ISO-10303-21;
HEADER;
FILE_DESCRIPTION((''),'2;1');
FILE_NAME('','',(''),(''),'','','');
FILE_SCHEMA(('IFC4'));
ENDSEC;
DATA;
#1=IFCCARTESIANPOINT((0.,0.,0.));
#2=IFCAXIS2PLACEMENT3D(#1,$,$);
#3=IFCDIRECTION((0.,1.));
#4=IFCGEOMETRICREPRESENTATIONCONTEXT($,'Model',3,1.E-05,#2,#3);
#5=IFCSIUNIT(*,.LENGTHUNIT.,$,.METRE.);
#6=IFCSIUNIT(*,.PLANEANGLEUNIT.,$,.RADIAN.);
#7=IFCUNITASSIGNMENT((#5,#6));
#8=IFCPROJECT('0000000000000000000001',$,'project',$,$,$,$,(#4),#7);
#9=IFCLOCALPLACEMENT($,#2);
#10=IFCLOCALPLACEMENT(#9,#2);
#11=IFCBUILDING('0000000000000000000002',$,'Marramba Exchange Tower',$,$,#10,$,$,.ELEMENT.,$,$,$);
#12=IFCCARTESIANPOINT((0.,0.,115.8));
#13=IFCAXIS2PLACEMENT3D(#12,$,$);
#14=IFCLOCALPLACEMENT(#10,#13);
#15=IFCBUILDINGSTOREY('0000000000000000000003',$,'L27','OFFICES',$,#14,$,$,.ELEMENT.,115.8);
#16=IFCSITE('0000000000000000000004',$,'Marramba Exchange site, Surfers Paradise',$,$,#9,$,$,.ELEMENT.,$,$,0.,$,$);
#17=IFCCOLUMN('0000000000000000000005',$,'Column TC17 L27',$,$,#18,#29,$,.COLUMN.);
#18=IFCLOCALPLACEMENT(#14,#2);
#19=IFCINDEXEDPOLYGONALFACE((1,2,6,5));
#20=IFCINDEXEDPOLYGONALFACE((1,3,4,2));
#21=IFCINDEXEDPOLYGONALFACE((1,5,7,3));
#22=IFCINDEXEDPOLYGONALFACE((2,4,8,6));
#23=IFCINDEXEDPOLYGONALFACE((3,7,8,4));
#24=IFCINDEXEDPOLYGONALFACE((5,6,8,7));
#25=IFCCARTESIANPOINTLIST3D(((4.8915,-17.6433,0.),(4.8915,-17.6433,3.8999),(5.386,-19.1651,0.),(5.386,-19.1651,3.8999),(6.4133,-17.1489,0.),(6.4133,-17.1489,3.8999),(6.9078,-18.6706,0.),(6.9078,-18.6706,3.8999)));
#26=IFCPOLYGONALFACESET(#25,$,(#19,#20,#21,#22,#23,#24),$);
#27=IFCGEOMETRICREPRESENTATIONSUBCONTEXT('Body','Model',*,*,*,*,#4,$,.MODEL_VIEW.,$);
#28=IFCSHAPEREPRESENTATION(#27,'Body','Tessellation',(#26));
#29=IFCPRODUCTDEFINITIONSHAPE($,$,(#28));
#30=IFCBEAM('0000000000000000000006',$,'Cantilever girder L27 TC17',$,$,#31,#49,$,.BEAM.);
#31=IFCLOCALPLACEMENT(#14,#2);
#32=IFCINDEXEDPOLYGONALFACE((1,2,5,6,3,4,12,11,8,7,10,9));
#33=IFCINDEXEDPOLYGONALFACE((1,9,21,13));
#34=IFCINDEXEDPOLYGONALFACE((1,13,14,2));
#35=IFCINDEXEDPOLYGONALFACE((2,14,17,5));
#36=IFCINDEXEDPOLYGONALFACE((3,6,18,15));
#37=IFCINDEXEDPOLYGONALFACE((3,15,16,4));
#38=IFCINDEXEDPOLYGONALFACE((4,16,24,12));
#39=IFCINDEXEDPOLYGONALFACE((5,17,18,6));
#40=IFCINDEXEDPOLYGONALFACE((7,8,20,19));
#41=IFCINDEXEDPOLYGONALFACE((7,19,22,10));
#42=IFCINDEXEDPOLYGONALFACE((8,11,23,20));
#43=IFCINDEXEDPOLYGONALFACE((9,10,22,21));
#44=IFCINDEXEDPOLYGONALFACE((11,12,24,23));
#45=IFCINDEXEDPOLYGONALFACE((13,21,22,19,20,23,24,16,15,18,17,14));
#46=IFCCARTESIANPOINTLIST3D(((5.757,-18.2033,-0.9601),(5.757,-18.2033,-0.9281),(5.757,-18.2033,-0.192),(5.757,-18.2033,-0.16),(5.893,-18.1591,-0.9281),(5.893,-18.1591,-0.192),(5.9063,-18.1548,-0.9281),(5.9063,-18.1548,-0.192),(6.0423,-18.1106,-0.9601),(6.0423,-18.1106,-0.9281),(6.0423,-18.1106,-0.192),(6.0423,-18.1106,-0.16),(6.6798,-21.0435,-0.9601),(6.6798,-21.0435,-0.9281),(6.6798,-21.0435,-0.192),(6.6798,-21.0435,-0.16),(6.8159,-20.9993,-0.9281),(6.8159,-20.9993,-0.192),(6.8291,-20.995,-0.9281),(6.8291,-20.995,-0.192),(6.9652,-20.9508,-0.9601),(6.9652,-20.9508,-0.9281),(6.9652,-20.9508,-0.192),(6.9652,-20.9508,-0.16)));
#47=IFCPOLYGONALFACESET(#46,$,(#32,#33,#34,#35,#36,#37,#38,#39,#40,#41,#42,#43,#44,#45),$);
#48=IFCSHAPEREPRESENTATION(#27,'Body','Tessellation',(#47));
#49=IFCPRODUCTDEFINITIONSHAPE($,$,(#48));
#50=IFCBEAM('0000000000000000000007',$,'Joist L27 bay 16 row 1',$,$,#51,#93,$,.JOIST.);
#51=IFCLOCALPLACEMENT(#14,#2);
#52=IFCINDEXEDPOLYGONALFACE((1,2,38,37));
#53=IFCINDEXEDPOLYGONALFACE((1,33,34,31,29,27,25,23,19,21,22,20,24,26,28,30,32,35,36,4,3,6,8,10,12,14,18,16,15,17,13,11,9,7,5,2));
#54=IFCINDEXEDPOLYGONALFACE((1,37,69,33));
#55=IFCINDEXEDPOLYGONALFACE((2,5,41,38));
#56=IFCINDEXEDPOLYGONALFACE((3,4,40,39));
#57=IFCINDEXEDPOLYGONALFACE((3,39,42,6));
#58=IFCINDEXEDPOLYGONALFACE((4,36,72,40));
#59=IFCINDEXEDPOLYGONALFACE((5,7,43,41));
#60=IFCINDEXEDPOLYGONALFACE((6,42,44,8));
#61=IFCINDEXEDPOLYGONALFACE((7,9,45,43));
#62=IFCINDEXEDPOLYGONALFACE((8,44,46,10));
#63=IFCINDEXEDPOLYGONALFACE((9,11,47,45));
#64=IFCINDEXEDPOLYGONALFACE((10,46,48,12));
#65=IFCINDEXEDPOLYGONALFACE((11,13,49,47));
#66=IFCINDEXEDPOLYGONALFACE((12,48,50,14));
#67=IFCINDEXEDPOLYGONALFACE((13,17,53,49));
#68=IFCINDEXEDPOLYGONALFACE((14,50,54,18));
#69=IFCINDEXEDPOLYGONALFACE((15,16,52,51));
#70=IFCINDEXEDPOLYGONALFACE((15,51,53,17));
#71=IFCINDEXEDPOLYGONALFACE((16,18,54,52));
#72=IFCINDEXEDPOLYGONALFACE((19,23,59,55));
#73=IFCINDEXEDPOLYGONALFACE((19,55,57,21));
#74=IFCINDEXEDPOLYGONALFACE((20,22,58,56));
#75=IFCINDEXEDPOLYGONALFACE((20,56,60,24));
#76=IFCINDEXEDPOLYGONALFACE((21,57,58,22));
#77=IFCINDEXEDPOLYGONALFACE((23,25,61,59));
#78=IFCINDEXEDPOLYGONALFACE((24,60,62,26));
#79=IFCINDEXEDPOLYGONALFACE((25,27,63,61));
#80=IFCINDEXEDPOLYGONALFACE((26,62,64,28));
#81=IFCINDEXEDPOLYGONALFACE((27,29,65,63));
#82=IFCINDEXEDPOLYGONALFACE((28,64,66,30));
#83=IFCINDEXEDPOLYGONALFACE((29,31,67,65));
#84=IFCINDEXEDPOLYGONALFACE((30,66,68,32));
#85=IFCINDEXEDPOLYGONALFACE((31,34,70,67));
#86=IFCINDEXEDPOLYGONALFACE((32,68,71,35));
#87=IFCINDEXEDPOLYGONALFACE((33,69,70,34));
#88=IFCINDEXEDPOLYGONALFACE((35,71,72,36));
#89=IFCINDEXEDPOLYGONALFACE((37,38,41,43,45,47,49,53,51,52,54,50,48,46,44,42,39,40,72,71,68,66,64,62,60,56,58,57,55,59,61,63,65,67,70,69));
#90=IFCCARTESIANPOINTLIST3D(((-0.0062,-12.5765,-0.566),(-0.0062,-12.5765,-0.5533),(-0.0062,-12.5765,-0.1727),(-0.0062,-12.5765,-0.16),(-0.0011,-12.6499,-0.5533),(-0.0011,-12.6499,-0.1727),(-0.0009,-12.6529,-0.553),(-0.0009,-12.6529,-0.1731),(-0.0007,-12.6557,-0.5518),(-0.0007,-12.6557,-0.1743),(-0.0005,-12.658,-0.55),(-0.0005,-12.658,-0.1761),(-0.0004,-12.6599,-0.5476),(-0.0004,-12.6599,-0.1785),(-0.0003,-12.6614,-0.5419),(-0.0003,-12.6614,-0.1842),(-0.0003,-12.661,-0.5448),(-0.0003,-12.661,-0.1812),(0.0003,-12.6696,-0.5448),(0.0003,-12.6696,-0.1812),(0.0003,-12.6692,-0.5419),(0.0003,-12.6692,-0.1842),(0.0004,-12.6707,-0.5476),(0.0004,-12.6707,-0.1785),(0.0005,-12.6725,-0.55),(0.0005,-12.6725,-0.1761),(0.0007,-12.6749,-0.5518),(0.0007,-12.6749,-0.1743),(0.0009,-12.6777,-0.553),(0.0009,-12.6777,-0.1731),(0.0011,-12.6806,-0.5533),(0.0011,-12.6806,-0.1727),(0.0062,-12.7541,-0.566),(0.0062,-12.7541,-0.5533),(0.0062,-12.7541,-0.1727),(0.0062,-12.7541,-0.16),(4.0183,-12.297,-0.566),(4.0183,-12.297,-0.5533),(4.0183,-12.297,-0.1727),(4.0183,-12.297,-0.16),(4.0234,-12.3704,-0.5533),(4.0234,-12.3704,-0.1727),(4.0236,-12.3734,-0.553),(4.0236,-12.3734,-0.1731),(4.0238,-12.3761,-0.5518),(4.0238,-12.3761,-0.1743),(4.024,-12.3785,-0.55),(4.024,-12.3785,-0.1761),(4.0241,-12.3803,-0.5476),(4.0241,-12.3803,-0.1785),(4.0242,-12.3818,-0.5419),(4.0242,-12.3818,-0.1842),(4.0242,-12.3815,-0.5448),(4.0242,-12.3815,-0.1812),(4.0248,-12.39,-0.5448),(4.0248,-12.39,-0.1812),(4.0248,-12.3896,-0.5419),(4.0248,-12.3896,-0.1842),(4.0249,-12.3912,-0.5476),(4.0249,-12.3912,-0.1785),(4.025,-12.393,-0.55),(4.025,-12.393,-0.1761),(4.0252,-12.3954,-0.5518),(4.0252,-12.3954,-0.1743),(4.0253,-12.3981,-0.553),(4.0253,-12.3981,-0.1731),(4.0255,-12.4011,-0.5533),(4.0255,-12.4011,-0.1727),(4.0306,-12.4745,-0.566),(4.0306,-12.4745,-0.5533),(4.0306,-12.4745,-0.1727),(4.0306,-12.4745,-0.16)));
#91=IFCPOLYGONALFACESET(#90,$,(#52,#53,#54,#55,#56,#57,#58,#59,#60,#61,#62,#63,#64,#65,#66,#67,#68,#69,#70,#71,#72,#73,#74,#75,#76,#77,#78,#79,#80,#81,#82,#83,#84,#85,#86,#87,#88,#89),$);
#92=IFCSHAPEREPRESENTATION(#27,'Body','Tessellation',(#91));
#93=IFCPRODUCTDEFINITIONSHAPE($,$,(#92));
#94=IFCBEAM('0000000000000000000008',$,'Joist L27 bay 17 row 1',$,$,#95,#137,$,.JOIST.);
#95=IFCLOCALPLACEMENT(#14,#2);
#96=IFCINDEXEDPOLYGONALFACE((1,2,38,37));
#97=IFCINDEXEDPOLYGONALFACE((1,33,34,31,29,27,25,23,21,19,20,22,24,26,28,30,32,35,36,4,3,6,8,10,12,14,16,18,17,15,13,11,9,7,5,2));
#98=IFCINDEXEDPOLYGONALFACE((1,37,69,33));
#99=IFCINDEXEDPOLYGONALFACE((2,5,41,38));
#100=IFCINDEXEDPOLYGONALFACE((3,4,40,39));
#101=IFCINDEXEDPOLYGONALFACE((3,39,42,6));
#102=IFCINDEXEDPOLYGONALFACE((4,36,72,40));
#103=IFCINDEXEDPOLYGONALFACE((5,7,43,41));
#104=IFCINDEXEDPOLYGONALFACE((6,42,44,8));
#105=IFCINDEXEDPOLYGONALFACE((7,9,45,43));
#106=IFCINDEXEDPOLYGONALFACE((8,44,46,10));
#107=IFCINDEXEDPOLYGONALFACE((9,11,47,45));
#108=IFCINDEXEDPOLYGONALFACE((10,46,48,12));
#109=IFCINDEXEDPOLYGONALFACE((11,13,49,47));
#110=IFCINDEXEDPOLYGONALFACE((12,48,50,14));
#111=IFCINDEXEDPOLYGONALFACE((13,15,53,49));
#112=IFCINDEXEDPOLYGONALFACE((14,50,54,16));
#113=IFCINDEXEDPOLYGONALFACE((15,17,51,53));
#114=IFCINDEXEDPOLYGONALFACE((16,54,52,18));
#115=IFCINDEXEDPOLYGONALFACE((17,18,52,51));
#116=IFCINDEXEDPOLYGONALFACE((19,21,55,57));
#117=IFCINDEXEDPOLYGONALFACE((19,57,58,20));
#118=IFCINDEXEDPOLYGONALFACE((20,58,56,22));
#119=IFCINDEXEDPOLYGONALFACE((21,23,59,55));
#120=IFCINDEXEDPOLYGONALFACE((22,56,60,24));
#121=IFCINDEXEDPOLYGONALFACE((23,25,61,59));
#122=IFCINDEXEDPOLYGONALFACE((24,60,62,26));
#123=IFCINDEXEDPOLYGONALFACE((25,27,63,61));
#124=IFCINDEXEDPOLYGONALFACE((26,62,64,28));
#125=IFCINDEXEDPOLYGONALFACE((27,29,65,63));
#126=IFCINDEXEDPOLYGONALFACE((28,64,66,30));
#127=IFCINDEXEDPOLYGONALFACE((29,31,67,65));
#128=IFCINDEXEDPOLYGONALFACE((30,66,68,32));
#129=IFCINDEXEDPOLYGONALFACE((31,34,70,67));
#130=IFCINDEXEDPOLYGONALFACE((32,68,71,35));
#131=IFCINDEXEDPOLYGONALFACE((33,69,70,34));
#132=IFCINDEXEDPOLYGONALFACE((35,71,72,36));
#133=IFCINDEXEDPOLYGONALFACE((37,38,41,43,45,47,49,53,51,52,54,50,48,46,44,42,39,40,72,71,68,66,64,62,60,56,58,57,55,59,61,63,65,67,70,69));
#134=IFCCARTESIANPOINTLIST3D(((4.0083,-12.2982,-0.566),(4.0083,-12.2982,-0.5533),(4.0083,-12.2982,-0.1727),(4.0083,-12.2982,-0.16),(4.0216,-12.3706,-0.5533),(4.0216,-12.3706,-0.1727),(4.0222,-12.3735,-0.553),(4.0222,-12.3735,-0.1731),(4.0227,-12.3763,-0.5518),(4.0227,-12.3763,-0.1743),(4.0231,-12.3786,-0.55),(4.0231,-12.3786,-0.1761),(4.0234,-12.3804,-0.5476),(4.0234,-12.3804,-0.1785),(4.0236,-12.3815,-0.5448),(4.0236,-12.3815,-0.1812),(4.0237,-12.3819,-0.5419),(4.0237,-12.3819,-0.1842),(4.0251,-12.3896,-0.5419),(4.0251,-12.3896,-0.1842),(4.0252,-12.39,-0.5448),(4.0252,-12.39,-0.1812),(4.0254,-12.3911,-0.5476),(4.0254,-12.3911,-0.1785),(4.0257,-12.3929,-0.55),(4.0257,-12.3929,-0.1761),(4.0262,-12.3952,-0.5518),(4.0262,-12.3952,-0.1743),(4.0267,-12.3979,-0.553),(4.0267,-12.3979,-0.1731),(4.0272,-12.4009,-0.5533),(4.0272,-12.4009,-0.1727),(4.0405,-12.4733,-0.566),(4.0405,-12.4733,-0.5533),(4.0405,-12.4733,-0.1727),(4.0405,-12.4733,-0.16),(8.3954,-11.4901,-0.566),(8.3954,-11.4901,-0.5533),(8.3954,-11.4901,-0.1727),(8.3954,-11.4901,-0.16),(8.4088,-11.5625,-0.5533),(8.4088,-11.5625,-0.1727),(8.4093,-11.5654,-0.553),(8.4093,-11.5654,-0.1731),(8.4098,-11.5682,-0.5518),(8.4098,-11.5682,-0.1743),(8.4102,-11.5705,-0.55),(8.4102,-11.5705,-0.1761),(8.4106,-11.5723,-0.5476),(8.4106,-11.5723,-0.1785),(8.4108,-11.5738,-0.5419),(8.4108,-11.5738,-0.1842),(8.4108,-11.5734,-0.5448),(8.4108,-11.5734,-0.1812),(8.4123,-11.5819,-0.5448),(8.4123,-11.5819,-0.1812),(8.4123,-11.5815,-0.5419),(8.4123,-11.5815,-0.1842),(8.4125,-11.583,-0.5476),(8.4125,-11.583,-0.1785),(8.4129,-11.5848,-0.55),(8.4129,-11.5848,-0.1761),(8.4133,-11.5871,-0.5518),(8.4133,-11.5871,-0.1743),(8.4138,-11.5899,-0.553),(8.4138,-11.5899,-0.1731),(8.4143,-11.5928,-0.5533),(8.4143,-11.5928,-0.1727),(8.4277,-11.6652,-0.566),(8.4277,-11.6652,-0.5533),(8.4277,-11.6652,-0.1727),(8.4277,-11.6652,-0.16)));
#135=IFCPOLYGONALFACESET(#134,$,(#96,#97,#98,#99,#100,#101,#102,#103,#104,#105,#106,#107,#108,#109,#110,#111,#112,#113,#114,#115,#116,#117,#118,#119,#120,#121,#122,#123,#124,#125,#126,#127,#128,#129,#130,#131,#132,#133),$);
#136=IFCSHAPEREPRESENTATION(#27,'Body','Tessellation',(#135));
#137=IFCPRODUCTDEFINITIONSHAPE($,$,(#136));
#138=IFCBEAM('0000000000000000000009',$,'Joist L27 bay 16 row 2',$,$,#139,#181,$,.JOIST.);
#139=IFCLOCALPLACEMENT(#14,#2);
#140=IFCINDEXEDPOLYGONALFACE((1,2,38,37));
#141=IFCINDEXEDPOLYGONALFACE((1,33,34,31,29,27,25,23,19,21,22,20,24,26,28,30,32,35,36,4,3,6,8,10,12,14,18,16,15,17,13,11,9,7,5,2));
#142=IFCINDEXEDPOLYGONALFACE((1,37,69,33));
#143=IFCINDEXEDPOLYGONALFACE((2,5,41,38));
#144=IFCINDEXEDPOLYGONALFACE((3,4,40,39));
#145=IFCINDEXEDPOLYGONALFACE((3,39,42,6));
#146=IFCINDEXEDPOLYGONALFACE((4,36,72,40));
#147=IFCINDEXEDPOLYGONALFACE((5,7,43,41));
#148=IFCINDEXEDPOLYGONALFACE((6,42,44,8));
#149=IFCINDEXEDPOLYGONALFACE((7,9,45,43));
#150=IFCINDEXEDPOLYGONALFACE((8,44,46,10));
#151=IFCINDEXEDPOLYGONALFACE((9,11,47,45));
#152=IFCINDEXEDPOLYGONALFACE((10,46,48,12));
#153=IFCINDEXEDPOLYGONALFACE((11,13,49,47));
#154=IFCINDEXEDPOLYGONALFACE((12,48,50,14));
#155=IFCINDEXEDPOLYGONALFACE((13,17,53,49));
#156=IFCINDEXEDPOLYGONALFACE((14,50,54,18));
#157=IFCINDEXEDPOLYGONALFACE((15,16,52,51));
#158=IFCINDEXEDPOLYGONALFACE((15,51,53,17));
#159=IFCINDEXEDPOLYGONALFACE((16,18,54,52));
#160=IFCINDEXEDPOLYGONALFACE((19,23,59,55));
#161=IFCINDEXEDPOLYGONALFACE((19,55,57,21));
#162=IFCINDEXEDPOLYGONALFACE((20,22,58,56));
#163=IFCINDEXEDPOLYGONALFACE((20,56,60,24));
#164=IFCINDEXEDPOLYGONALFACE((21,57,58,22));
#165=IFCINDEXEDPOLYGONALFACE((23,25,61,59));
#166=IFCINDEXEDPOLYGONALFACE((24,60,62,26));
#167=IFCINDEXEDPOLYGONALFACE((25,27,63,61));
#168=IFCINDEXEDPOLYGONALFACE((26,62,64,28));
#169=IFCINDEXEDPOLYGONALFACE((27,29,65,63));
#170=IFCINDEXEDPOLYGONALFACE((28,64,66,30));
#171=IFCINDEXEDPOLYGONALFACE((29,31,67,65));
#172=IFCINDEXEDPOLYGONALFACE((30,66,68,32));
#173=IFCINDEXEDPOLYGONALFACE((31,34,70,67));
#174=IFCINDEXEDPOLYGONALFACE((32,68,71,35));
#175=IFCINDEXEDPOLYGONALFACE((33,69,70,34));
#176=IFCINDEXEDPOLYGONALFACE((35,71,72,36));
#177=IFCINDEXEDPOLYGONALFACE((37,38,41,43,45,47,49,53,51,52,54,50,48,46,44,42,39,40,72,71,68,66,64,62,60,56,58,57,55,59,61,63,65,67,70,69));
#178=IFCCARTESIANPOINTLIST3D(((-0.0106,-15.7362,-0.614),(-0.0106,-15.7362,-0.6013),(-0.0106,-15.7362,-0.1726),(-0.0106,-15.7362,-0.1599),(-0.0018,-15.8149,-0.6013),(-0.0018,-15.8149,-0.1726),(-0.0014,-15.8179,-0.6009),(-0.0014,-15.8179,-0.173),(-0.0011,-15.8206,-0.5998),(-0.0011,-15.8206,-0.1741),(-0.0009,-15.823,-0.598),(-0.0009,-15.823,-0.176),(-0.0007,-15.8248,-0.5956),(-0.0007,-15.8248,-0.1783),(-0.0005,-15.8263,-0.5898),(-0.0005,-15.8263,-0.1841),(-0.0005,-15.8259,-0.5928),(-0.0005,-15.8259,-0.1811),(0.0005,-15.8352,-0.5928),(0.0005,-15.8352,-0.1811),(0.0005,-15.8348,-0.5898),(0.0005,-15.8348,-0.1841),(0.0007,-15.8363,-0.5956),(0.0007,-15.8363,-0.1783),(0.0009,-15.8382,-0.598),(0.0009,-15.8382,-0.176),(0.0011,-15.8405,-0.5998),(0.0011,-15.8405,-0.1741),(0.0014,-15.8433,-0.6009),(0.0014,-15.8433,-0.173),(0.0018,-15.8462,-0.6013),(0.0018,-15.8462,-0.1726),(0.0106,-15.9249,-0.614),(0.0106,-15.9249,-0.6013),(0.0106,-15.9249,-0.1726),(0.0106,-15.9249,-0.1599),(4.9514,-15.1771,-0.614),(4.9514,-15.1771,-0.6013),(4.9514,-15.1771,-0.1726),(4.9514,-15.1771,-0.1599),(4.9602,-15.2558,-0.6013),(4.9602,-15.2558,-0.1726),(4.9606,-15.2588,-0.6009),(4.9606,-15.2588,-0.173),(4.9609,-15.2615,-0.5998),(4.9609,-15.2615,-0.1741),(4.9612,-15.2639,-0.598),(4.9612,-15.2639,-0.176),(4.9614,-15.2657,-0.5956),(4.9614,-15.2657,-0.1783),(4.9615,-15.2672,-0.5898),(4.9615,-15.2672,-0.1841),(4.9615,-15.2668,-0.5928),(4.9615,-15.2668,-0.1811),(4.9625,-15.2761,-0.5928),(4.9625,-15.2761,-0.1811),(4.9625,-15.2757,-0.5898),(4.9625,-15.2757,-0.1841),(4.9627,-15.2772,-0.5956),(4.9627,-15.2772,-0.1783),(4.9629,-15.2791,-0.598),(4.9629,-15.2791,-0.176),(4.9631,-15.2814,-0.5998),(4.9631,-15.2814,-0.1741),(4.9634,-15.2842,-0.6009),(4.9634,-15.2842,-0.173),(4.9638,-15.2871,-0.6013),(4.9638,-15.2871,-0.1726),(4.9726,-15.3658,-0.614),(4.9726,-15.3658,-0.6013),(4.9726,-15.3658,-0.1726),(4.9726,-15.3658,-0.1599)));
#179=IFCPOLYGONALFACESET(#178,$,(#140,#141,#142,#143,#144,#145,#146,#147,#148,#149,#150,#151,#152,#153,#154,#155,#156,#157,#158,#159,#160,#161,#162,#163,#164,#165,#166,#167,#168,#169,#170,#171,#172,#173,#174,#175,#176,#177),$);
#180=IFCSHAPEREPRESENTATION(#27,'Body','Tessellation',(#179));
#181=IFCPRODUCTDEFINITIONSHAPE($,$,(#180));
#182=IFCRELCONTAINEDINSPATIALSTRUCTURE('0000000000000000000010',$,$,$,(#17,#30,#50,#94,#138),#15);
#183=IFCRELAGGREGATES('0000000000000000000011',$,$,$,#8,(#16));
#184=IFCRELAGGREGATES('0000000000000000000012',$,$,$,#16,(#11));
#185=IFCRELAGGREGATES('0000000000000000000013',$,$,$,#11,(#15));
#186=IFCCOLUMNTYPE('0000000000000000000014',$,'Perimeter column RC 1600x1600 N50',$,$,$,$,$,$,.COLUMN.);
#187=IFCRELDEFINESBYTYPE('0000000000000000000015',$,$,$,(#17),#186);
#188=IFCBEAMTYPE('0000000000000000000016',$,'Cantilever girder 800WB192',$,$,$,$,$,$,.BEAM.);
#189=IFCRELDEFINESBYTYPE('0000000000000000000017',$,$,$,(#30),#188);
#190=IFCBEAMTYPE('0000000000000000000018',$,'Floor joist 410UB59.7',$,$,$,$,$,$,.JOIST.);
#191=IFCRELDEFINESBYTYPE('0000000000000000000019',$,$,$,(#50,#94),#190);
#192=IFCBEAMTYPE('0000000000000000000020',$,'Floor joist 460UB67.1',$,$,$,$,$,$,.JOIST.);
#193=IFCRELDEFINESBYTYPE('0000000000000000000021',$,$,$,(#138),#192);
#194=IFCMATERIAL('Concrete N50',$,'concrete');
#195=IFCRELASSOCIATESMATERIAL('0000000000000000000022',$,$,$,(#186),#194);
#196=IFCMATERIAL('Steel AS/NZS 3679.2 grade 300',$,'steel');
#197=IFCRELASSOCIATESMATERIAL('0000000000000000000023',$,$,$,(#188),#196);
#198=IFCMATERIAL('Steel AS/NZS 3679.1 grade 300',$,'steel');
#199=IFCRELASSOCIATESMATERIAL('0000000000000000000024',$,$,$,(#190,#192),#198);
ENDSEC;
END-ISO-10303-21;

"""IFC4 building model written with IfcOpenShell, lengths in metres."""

from ifc_helpers import new_model, si_unit, direction, frame, origin, origin_2d, place, context, subcontext, project, spatial, rectangle, i_section, extrude, material, material_profile, profile_set, type_object, element, save


model = new_model("IFC4")

# Units and contexts
model_context = context("Model", 3, precision=1e-05, world=origin(), true_north=direction((0.0, 1.0)))
body_context = subcontext(model_context, "Body", "Model", "MODEL_VIEW")
ifc_project = project(units=[si_unit("LENGTHUNIT", "METRE"), si_unit("PLANEANGLEUNIT", "RADIAN")], contexts=[model_context])

# Site, building, storey
site_placement = place(None, origin())
site = spatial("IfcSite", under=ifc_project, at=site_placement, Name="Marramba Exchange site, Surfers Paradise", CompositionType="ELEMENT", RefElevation=0.0)
building_placement = place(site_placement, origin())
building = spatial("IfcBuilding", under=site, at=building_placement, Name="Marramba Exchange Tower", CompositionType="ELEMENT")
storey_placement = place(building_placement, frame((0.0, 0.0, 115.8)))
storey = spatial("IfcBuildingStorey", under=building, at=storey_placement, Name="L27", Description="OFFICES", CompositionType="ELEMENT", Elevation=115.8)

# Column
ifc_material_1 = material(Name="Concrete N50", Category="concrete")
ifc_material_profile_1 = material_profile(ifc_material_1, rectangle(XDim=1.6001, YDim=1.6001, at=origin_2d()), Name="RC 1600x1600")
ifc_profile_set_1 = profile_set([ifc_material_profile_1], Name="Concrete N50")
column_type = type_object("IfcColumnType", Name="Perimeter column RC 1600x1600 N50", PredefinedType="COLUMN", material=ifc_profile_set_1)
column_placement = place(storey_placement, frame((5.8997, -18.157, 0.0), z_axis=(0.0, 0.0, 1.0), x_axis=(0.309017, -0.951057, 0.0)))
element("IfcColumn", 1, at=column_placement, inside=storey, type_object=column_type, Name="Column TC17 L27", PredefinedType="COLUMN", context=body_context, shape_type="SweptSolid", body=[
    extrude(rectangle(XDim=1.6001, YDim=1.6001, at=origin_2d()), origin(), (0.0, 0.0, 1.0), 3.8999),
])

# Beams
ifc_material_2 = material(Name="Steel AS/NZS 3679.2 grade 300", Category="steel")
ifc_material_profile_2 = material_profile(ifc_material_2, i_section(OverallWidth=0.3, OverallDepth=0.8, WebThickness=0.0139, FlangeThickness=0.032, at=origin_2d()), Name="800WB192")
ifc_profile_set_2 = profile_set([ifc_material_profile_2], Name="Steel AS/NZS 3679.2 grade 300")
beam_type_1 = type_object("IfcBeamType", Name="Cantilever girder 800WB192", PredefinedType="BEAM", material=ifc_profile_set_2)
beam_1_placement = place(storey_placement, frame((5.8997, -18.157, -0.5601), z_axis=(0.309032, -0.951051, 0.0), x_axis=(0.951051, 0.309032, 0.0)))
element("IfcBeam", 2, at=beam_1_placement, inside=storey, type_object=beam_type_1, Name="Cantilever girder L27 TC17", PredefinedType="BEAM", context=body_context, shape_type="SweptSolid", body=[
    extrude(i_section(OverallWidth=0.3, OverallDepth=0.8, WebThickness=0.0139, FlangeThickness=0.032, at=origin_2d()), origin(), (0.0, 0.0, 1.0), 2.9863),
])
ifc_material_3 = material(Name="Steel AS/NZS 3679.1 grade 300", Category="steel")
ifc_material_profile_3 = material_profile(ifc_material_3, i_section(OverallWidth=0.178, OverallDepth=0.406, WebThickness=0.0078, FlangeThickness=0.0127, FilletRadius=0.0115, at=origin_2d()), Name="410UB59.7")
ifc_profile_set_3 = profile_set([ifc_material_profile_3], Name="Steel AS/NZS 3679.1 grade 300")
beam_type_2 = type_object("IfcBeamType", Name="Floor joist 410UB59.7", PredefinedType="JOIST", material=ifc_profile_set_3)
beam_2_placement = place(storey_placement, frame((0.0, -12.6653, -0.363), z_axis=(0.997596, 0.069294, 0.0), x_axis=(-0.069294, 0.997596, 0.0)))
element("IfcBeam", 3, at=beam_2_placement, inside=storey, type_object=beam_type_2, Name="Joist L27 bay 16 row 1", PredefinedType="JOIST", context=body_context, shape_type="SweptSolid", body=[
    extrude(i_section(OverallWidth=0.178, OverallDepth=0.406, WebThickness=0.0078, FlangeThickness=0.0127, FilletRadius=0.0115, at=origin_2d()), origin(), (0.0, 0.0, 1.0), 4.0342),
])
beam_3_placement = place(storey_placement, frame((4.0244, -12.3857, -0.363), z_axis=(0.983456, 0.181149, 0.0), x_axis=(-0.181149, 0.983456, 0.0)))
element("IfcBeam", 4, at=beam_3_placement, inside=storey, type_object=beam_type_2, Name="Joist L27 bay 17 row 1", PredefinedType="JOIST", context=body_context, shape_type="SweptSolid", body=[
    extrude(i_section(OverallWidth=0.178, OverallDepth=0.406, WebThickness=0.0078, FlangeThickness=0.0127, FilletRadius=0.0115, at=origin_2d()), origin(), (0.0, 0.0, 1.0), 4.4609),
])
ifc_material_profile_4 = material_profile(ifc_material_3, i_section(OverallWidth=0.1899, OverallDepth=0.4541, WebThickness=0.0085, FlangeThickness=0.0127, FilletRadius=0.0115, at=origin_2d()), Name="460UB67.1")
ifc_profile_set_4 = profile_set([ifc_material_profile_4], Name="Steel AS/NZS 3679.1 grade 300")
beam_type_3 = type_object("IfcBeamType", Name="Floor joist 460UB67.1", PredefinedType="JOIST", material=ifc_profile_set_4)
beam_4_placement = place(storey_placement, frame((0.0, -15.8306, -0.387), z_axis=(0.993712, 0.111966, 0.0), x_axis=(-0.111966, 0.993712, 0.0)))
element("IfcBeam", 5, at=beam_4_placement, inside=storey, type_object=beam_type_3, Name="Joist L27 bay 16 row 2", PredefinedType="JOIST", context=body_context, shape_type="SweptSolid", body=[
    extrude(i_section(OverallWidth=0.1899, OverallDepth=0.4541, WebThickness=0.0085, FlangeThickness=0.0127, FilletRadius=0.0115, at=origin_2d()), origin(), (0.0, 0.0, 1.0), 4.9934),
])

save(model, "model.ifc")
